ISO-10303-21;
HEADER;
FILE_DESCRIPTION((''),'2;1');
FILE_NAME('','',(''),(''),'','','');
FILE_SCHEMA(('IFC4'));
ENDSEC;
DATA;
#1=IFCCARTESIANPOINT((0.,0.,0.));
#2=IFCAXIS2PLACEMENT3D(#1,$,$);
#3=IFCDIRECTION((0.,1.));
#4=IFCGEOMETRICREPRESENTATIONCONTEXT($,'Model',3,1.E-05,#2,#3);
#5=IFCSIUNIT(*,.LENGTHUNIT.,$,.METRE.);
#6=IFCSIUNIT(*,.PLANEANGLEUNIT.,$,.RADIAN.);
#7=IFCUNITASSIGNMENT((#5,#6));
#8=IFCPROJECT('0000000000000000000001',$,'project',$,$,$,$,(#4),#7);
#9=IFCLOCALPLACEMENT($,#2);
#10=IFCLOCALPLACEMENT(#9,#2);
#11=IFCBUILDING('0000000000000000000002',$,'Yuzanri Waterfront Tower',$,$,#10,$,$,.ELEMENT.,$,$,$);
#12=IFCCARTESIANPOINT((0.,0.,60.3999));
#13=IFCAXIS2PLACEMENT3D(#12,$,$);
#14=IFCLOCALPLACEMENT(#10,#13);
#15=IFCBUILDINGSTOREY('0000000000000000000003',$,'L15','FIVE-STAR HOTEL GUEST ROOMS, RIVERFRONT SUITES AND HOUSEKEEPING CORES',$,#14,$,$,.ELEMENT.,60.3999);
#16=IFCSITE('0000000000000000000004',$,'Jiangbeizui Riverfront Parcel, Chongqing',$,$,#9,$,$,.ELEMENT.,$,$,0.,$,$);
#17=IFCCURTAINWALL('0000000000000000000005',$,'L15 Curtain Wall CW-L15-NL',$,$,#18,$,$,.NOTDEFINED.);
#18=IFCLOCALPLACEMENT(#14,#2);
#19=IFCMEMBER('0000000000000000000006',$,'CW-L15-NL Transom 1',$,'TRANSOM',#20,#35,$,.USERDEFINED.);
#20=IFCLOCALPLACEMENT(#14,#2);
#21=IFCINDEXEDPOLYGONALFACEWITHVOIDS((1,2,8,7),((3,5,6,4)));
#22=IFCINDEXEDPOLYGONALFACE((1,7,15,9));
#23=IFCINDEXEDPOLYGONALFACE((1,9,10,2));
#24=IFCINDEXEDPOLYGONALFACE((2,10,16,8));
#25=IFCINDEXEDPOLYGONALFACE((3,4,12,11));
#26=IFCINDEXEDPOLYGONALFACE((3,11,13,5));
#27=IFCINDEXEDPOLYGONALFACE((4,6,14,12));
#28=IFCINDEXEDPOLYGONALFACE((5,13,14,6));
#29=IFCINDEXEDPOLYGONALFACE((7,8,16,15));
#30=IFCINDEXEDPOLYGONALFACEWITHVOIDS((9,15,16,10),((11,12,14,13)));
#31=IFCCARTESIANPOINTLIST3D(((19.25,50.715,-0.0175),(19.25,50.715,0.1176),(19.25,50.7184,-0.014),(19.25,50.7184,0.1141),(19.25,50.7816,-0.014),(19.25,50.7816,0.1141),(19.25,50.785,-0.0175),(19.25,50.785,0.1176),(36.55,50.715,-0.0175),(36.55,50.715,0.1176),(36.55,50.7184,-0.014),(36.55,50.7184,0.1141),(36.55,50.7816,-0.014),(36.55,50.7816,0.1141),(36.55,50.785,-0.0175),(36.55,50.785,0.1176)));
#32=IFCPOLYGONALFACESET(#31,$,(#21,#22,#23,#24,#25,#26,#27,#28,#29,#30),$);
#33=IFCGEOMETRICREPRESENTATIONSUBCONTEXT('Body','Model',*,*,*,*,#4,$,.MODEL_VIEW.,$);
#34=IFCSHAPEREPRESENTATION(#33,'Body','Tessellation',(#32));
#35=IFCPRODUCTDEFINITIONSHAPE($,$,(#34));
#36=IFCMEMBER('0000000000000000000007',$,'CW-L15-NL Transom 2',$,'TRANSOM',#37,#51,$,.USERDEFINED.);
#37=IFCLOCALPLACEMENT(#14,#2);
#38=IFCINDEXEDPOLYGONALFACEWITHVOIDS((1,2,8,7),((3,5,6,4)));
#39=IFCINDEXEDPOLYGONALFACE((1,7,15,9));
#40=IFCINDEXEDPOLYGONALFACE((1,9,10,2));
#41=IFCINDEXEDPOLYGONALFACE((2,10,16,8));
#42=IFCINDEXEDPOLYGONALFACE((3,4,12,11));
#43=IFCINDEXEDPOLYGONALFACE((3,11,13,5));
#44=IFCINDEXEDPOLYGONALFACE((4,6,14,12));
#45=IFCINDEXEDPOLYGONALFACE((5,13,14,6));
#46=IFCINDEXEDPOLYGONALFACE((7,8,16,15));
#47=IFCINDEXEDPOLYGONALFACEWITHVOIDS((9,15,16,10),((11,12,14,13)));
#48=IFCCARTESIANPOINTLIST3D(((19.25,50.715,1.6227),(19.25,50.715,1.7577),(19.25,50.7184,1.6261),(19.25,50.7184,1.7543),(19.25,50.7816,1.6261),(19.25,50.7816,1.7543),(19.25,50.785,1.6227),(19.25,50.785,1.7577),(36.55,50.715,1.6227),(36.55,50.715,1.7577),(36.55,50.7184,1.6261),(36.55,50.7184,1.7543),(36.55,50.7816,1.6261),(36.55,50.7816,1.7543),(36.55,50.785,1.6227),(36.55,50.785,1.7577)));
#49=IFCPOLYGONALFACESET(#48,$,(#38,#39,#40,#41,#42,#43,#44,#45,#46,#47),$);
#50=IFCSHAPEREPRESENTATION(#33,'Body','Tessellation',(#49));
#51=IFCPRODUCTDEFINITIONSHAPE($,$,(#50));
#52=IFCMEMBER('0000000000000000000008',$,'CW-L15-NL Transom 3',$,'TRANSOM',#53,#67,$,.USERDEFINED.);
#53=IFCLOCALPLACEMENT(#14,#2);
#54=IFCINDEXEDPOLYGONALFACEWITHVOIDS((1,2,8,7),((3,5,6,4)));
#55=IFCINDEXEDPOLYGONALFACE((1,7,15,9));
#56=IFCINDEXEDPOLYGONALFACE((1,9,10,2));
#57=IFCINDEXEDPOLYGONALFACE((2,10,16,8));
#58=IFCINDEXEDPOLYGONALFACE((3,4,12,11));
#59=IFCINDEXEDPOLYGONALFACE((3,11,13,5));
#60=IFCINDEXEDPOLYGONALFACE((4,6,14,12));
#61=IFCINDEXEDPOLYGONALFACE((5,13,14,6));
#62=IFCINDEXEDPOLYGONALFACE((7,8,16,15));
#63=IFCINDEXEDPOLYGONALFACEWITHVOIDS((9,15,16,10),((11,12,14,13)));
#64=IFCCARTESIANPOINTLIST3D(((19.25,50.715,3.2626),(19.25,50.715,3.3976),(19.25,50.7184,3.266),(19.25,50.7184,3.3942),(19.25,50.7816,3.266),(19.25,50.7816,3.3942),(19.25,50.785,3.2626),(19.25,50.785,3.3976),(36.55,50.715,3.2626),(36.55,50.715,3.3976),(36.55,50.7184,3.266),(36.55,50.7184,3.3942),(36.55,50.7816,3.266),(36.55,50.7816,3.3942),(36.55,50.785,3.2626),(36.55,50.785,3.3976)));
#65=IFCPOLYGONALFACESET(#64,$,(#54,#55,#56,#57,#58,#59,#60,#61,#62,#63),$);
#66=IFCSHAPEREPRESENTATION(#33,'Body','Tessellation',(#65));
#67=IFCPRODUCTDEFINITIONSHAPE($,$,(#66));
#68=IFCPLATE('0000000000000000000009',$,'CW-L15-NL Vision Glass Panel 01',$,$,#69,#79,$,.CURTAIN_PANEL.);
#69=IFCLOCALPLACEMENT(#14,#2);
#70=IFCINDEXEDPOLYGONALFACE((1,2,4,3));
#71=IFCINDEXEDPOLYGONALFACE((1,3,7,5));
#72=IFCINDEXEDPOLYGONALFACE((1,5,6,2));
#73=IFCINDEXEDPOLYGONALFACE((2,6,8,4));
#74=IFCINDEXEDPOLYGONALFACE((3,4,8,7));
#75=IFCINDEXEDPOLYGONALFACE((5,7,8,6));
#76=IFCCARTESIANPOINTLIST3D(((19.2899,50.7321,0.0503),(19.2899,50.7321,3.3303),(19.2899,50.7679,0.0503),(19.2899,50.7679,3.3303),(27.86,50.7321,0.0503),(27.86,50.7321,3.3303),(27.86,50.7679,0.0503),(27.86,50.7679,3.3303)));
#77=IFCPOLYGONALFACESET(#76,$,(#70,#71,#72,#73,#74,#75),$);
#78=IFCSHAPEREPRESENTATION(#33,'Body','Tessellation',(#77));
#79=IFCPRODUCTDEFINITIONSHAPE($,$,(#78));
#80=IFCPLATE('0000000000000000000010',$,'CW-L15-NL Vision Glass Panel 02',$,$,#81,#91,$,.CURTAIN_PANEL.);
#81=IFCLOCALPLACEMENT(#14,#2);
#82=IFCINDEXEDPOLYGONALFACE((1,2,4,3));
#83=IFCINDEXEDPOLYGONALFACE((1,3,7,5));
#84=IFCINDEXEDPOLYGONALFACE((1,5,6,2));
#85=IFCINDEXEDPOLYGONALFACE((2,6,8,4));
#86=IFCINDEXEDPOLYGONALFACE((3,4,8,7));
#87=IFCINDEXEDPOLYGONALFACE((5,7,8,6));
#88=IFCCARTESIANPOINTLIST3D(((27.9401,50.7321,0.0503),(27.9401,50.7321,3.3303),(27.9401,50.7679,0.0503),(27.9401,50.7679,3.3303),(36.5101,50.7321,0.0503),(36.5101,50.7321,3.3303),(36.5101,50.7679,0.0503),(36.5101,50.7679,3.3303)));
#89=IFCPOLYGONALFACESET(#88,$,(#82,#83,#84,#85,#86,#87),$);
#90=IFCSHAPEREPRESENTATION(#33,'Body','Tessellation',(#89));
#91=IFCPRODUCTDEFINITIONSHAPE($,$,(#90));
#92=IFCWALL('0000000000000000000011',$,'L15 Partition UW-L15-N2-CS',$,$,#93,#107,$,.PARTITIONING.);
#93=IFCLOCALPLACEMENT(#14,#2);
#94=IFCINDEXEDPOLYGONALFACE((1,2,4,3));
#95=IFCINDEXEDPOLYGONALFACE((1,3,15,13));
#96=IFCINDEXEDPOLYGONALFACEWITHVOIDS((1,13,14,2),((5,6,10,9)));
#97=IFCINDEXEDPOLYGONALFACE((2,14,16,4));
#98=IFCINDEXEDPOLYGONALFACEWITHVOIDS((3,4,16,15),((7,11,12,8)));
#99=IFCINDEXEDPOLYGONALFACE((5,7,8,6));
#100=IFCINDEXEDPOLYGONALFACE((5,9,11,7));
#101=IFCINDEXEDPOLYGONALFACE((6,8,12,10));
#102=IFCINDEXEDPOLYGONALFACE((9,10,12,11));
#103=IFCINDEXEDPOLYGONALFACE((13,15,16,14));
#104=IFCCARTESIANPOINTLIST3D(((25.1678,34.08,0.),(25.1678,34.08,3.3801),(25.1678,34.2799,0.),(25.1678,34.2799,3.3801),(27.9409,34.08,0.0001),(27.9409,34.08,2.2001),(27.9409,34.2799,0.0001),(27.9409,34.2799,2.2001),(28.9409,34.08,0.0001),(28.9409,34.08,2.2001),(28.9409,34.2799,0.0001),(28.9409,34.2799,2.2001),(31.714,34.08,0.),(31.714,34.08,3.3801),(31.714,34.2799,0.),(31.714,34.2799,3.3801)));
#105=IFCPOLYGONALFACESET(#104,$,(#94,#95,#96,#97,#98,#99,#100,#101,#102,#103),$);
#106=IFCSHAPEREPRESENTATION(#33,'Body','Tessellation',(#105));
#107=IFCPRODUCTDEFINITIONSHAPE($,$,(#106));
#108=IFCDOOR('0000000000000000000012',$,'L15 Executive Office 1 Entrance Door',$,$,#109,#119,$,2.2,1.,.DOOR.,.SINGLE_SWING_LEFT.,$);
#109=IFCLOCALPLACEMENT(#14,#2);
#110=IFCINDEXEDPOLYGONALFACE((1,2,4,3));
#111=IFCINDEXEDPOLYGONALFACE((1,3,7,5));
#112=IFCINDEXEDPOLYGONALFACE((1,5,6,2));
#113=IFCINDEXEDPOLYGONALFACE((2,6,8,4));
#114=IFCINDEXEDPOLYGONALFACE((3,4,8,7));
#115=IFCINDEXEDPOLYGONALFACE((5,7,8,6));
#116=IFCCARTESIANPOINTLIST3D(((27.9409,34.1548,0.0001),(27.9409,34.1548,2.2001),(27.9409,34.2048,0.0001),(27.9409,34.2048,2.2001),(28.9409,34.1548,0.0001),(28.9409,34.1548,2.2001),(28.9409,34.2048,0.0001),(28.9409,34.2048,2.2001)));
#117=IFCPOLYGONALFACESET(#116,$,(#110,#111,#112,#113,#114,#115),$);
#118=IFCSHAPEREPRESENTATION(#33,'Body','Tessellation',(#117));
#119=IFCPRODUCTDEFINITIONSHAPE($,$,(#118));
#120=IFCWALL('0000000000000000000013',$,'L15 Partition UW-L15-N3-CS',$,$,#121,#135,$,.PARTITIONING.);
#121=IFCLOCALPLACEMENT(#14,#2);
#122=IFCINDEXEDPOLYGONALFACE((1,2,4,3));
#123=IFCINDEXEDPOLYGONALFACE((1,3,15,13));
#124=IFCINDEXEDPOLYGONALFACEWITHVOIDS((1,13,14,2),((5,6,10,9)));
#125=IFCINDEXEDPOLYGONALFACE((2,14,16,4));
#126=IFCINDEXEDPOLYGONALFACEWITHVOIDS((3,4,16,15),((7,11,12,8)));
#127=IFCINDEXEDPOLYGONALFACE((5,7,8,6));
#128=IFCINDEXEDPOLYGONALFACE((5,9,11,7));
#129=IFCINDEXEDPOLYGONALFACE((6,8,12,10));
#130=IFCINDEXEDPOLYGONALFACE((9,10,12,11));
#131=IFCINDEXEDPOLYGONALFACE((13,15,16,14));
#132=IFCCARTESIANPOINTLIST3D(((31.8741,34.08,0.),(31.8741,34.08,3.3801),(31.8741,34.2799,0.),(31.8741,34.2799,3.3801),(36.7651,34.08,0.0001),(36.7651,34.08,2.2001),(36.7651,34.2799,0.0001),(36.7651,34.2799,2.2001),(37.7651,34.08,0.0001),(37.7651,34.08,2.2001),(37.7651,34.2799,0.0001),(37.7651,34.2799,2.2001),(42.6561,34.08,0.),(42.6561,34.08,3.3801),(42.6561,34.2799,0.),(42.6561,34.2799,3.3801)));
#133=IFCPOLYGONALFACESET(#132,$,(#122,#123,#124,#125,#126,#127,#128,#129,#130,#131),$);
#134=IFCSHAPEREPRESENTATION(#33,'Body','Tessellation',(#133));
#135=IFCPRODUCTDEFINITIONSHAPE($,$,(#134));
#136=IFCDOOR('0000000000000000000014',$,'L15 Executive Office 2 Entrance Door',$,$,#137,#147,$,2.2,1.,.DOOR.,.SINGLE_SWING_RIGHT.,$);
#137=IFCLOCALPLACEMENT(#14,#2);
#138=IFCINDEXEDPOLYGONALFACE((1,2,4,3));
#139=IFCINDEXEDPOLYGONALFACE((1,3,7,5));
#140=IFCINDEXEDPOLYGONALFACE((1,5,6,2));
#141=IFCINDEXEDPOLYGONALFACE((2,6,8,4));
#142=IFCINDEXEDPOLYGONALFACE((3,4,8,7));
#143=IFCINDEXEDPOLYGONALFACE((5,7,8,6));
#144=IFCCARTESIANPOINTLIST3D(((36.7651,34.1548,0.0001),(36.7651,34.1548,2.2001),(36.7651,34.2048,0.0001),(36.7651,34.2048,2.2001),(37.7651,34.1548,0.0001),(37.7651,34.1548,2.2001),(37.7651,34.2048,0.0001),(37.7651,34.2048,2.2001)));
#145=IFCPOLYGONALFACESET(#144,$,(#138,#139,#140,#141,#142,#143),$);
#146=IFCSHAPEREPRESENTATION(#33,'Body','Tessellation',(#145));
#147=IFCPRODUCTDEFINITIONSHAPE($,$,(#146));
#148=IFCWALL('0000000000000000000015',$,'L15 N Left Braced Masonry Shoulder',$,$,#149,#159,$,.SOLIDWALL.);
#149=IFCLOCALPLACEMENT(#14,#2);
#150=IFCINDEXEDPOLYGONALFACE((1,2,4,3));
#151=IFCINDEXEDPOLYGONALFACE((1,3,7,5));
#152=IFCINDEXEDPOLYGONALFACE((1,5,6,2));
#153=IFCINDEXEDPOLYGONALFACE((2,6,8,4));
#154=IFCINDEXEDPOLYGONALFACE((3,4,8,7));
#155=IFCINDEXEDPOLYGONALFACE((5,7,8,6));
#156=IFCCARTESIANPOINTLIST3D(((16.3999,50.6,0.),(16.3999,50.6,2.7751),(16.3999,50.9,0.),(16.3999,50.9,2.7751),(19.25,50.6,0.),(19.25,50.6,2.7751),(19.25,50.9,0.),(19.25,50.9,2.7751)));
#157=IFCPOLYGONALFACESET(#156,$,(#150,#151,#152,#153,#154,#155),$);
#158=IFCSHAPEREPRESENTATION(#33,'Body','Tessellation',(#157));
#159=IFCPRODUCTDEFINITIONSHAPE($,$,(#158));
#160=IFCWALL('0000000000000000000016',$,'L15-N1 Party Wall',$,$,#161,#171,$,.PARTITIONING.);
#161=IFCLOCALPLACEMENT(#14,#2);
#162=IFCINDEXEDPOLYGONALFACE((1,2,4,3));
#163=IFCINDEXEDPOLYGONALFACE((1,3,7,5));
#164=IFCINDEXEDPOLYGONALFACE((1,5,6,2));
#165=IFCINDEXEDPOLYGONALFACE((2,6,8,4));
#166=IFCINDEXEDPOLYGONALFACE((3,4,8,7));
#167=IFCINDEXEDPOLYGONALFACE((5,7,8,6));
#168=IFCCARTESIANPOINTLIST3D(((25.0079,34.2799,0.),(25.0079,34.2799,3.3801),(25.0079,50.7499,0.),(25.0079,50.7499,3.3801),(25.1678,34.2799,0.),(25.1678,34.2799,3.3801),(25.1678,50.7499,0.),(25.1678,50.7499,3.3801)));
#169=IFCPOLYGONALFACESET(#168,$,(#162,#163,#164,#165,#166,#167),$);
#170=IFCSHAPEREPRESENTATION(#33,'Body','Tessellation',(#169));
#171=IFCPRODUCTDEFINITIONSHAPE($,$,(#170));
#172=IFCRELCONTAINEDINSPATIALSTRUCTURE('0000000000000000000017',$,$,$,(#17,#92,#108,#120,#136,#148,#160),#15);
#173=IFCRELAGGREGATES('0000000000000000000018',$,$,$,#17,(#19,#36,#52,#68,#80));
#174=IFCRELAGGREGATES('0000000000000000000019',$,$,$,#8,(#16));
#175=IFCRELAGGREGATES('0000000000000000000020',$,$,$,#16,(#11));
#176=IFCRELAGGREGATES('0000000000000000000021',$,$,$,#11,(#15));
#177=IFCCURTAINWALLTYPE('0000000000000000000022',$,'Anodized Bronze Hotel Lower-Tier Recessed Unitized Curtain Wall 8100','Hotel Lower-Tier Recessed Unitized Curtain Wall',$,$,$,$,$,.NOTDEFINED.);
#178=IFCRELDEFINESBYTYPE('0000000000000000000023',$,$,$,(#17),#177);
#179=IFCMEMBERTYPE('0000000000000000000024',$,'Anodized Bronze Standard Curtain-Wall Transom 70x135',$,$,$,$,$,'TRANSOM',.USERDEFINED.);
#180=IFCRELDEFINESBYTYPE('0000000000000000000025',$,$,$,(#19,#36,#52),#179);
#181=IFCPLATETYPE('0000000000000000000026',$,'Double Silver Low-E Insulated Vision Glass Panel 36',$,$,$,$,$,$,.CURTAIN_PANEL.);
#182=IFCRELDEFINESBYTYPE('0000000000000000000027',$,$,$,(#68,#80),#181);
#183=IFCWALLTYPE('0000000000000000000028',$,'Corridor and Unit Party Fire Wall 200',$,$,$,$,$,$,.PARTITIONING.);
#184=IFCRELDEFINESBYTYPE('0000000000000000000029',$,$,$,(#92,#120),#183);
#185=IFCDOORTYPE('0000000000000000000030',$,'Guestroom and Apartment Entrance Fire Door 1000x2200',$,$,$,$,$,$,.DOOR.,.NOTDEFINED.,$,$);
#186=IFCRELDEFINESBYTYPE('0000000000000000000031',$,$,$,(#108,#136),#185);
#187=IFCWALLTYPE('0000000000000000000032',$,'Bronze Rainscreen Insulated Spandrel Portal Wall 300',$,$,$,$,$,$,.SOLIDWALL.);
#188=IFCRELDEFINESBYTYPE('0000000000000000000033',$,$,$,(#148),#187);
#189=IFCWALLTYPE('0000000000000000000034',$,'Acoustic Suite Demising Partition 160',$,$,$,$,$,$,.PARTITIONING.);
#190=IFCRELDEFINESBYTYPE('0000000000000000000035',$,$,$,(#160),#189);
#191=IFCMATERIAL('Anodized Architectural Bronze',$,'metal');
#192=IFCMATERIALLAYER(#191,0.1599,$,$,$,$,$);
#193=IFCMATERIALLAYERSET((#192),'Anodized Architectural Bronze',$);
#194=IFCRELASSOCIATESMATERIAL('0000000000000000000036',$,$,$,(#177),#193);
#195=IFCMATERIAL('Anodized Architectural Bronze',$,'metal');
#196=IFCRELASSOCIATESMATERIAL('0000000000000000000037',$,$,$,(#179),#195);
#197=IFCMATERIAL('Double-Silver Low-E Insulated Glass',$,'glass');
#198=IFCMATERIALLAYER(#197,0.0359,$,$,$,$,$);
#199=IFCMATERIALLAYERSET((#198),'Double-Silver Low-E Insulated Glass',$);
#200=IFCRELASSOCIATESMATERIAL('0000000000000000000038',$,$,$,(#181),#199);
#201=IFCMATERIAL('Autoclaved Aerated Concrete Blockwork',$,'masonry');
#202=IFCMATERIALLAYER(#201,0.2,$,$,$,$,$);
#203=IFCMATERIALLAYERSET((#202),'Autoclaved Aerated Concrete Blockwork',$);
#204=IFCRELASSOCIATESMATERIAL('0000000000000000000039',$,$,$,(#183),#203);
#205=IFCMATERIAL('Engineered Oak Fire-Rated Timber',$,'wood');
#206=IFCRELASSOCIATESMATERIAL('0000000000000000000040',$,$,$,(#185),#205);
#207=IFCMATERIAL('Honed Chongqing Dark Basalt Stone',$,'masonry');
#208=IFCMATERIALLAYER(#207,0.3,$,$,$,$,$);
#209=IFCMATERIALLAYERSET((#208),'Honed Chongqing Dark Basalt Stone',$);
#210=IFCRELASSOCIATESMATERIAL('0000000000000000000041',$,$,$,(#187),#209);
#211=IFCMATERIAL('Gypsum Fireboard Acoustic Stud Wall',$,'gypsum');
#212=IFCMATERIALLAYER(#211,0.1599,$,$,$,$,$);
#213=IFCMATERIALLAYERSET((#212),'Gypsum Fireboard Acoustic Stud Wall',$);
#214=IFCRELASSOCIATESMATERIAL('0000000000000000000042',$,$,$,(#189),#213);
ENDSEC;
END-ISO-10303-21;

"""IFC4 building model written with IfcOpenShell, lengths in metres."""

from ifc_helpers import new_model, si_unit, direction, frame, frame_2d, origin, origin_2d, place, context, subcontext, project, spatial, rectangle, hollow_rectangle, extrude, source, transform, mapped, material, layer, layer_set, material_profile, profile_set, type_object, element, fill, aggregate, save


model = new_model("IFC4")

# Units and contexts
model_context = context("Model", 3, precision=1e-05, world=origin(), true_north=direction((0.0, 1.0)))
body_context = subcontext(model_context, "Body", "Model", "MODEL_VIEW")
ifc_project = project(units=[si_unit("LENGTHUNIT", "METRE"), si_unit("PLANEANGLEUNIT", "RADIAN")], contexts=[model_context])

# Site, building, storey
site_placement = place(None, origin())
site = spatial("IfcSite", under=ifc_project, at=site_placement, Name="Jiangbeizui Riverfront Parcel, Chongqing", CompositionType="ELEMENT", RefElevation=0.0)
building_placement = place(site_placement, origin())
building = spatial("IfcBuilding", under=site, at=building_placement, Name="Yuzanri Waterfront Tower", CompositionType="ELEMENT")
storey_placement = place(building_placement, frame((0.0, 0.0, 60.3999)))
storey = spatial("IfcBuildingStorey", under=building, at=storey_placement, Name="L15", Description="FIVE-STAR HOTEL GUEST ROOMS, RIVERFRONT SUITES AND HOUSEKEEPING CORES", CompositionType="ELEMENT", Elevation=60.3999)

# Curtain wall, members, plates
ifc_material_1 = material(Name="Anodized Architectural Bronze", Category="metal")
ifc_layer_1 = layer(ifc_material_1, 0.1599)
ifc_layer_set_1 = layer_set([ifc_layer_1], Name="Anodized Architectural Bronze")
curtain_wall_type = type_object("IfcCurtainWallType", Name="Anodized Bronze Hotel Lower-Tier Recessed Unitized Curtain Wall 8100", Description="Hotel Lower-Tier Recessed Unitized Curtain Wall", PredefinedType="NOTDEFINED", material=ifc_layer_set_1)
curtain_wall_placement = place(storey_placement, origin())
curtain_wall = element("IfcCurtainWall", 1, at=curtain_wall_placement, inside=storey, type_object=curtain_wall_type, Name="L15 Curtain Wall CW-L15-NL", PredefinedType="NOTDEFINED")
ifc_material_2 = material(Name="Anodized Architectural Bronze", Category="metal")
ifc_material_profile_1 = material_profile(ifc_material_2, hollow_rectangle(XDim=0.0701, YDim=0.135, WallThickness=0.0034, at=origin_2d()), Name="CWT 70x135")
ifc_profile_set_1 = profile_set([ifc_material_profile_1], Name="Anodized Architectural Bronze")
member_type_1 = type_object("IfcMemberType", Name="Anodized Bronze Standard Curtain-Wall Transom 70x135", ElementType="TRANSOM", PredefinedType="USERDEFINED", material=ifc_profile_set_1)
shared_shape_1 = source(origin(), body_context, "Body", "SweptSolid", [
    extrude(hollow_rectangle(XDim=0.0701, YDim=0.135, WallThickness=0.0034, at=origin_2d()), origin(), (0.0, 0.0, 1.0), 17.3),
])
member_1_placement = place(storey_placement, frame((19.25, 50.75, 0.05), z_axis=(1.0, 0.0, 0.0), x_axis=(0.0, 1.0, 0.0)))
member_1 = element("IfcMember", 2, at=member_1_placement, type_object=member_type_1, Name="CW-L15-NL Transom 1", ObjectType="TRANSOM", PredefinedType="USERDEFINED", context=body_context, shape_type="MappedRepresentation", body=[
    mapped(shared_shape_1, transform((0.0, 0.0, 0.0), scale=1.0)),
])
member_2_placement = place(storey_placement, frame((19.25, 50.75, 1.6902), z_axis=(1.0, 0.0, 0.0), x_axis=(0.0, 1.0, 0.0)))
member_2 = element("IfcMember", 3, at=member_2_placement, type_object=member_type_1, Name="CW-L15-NL Transom 2", ObjectType="TRANSOM", PredefinedType="USERDEFINED", context=body_context, shape_type="MappedRepresentation", body=[
    mapped(shared_shape_1, transform((0.0, 0.0, 0.0), scale=1.0)),
])
member_3_placement = place(storey_placement, frame((19.25, 50.75, 3.3301), z_axis=(1.0, 0.0, 0.0), x_axis=(0.0, 1.0, 0.0)))
member_3 = element("IfcMember", 4, at=member_3_placement, type_object=member_type_1, Name="CW-L15-NL Transom 3", ObjectType="TRANSOM", PredefinedType="USERDEFINED", context=body_context, shape_type="MappedRepresentation", body=[
    mapped(shared_shape_1, transform((0.0, 0.0, 0.0), scale=1.0)),
])
ifc_material_3 = material(Name="Double-Silver Low-E Insulated Glass", Category="glass")
ifc_layer_2 = layer(ifc_material_3, 0.0359)
ifc_layer_set_2 = layer_set([ifc_layer_2], Name="Double-Silver Low-E Insulated Glass")
plate_type = type_object("IfcPlateType", Name="Double Silver Low-E Insulated Vision Glass Panel 36", PredefinedType="CURTAIN_PANEL", material=ifc_layer_set_2)
shared_shape_2 = source(origin(), body_context, "Body", "SweptSolid", [
    extrude(rectangle(XDim=8.5701, YDim=0.0359, at=origin_2d()), origin(), (0.0, 0.0, 1.0), 3.28),
])
plate_1_placement = place(storey_placement, frame((23.575, 50.75, 0.0503), z_axis=(0.0, 0.0, 1.0), x_axis=(1.0, 0.0, 0.0)))
plate_1 = element("IfcPlate", 5, at=plate_1_placement, type_object=plate_type, Name="CW-L15-NL Vision Glass Panel 01", PredefinedType="CURTAIN_PANEL", context=body_context, shape_type="MappedRepresentation", body=[
    mapped(shared_shape_2, transform((0.0, 0.0, 0.0), scale=1.0)),
])
plate_2_placement = place(storey_placement, frame((32.2251, 50.75, 0.0503), z_axis=(0.0, 0.0, 1.0), x_axis=(1.0, 0.0, 0.0)))
plate_2 = element("IfcPlate", 6, at=plate_2_placement, type_object=plate_type, Name="CW-L15-NL Vision Glass Panel 02", PredefinedType="CURTAIN_PANEL", context=body_context, shape_type="MappedRepresentation", body=[
    mapped(shared_shape_2, transform((0.0, 0.0, 0.0), scale=1.0)),
])
aggregate(curtain_wall, [member_1, member_2, member_3, plate_1, plate_2])

# Walls, openings, doors
ifc_material_4 = material(Name="Autoclaved Aerated Concrete Blockwork", Category="masonry")
ifc_layer_3 = layer(ifc_material_4, 0.2)
ifc_layer_set_3 = layer_set([ifc_layer_3], Name="Autoclaved Aerated Concrete Blockwork")
wall_type_1 = type_object("IfcWallType", Name="Corridor and Unit Party Fire Wall 200", PredefinedType="PARTITIONING", material=ifc_layer_set_3)
wall_1_placement = place(storey_placement, frame((25.168, 34.1799, 0.0), z_axis=(0.0, 0.0, 1.0), x_axis=(1.0, 0.0, 0.0)))
wall_1 = element("IfcWall", 7, at=wall_1_placement, inside=storey, type_object=wall_type_1, Name="L15 Partition UW-L15-N2-CS", PredefinedType="PARTITIONING", context=body_context, shape_type="SweptSolid", body=[
    extrude(rectangle(XDim=6.5461, YDim=0.2, at=frame_2d((3.2729, 0.0))), origin(), (0.0, 0.0, 1.0), 3.3801),
])
opening_1_placement = place(wall_1_placement, frame((2.7729, 0.0, 0.0)))
opening_1 = element("IfcOpeningElement", 8, at=opening_1_placement, cuts=wall_1, PredefinedType="OPENING", context=body_context, shape_type="SweptSolid", body=[
    extrude(rectangle(XDim=1.0, YDim=2.2, at=frame_2d((0.5, 1.1001))), frame((0.0, 0.1147, 0.0), z_axis=(0.0, -1.0, 0.0), x_axis=(1.0, 0.0, 0.0)), (0.0, 0.0, 1.0), 0.2297),
])
ifc_material_5 = material(Name="Engineered Oak Fire-Rated Timber", Category="wood")
door_type = type_object("IfcDoorType", Name="Guestroom and Apartment Entrance Fire Door 1000x2200", OperationType="NOTDEFINED", PredefinedType="DOOR", material=ifc_material_5)
shared_shape_3 = source(origin(), body_context, "Body", "SweptSolid", [
    extrude(rectangle(XDim=1.0, YDim=2.2, at=frame_2d((0.5, 1.1001))), frame((0.0, 0.0249, 0.0), z_axis=(0.0, -1.0, 0.0), x_axis=(1.0, 0.0, 0.0)), (0.0, 0.0, 1.0), 0.05),
])
door_1_placement = place(opening_1_placement, origin())
door_1 = element("IfcDoor", 9, at=door_1_placement, inside=storey, type_object=door_type, Name="L15 Executive Office 1 Entrance Door", OperationType="SINGLE_SWING_LEFT", OverallHeight=2.2, OverallWidth=1.0, PredefinedType="DOOR", context=body_context, shape_type="MappedRepresentation", body=[
    mapped(shared_shape_3, transform((0.0, 0.0, 0.0), scale=1.0)),
])
fill(opening_1, door_1)
wall_2_placement = place(storey_placement, frame((31.874, 34.1799, 0.0), z_axis=(0.0, 0.0, 1.0), x_axis=(1.0, 0.0, 0.0)))
wall_2 = element("IfcWall", 10, at=wall_2_placement, inside=storey, type_object=wall_type_1, Name="L15 Partition UW-L15-N3-CS", PredefinedType="PARTITIONING", context=body_context, shape_type="SweptSolid", body=[
    extrude(rectangle(XDim=10.782, YDim=0.2, at=frame_2d((5.3911, 0.0))), origin(), (0.0, 0.0, 1.0), 3.3801),
])
opening_2_placement = place(wall_2_placement, frame((4.8911, 0.0, 0.0)))
opening_2 = element("IfcOpeningElement", 11, at=opening_2_placement, cuts=wall_2, PredefinedType="OPENING", context=body_context, shape_type="SweptSolid", body=[
    extrude(rectangle(XDim=1.0, YDim=2.2, at=frame_2d((0.5, 1.1001))), frame((0.0, 0.1147, 0.0), z_axis=(0.0, -1.0, 0.0), x_axis=(1.0, 0.0, 0.0)), (0.0, 0.0, 1.0), 0.2297),
])
door_2_placement = place(opening_2_placement, origin())
door_2 = element("IfcDoor", 12, at=door_2_placement, inside=storey, type_object=door_type, Name="L15 Executive Office 2 Entrance Door", OperationType="SINGLE_SWING_RIGHT", OverallHeight=2.2, OverallWidth=1.0, PredefinedType="DOOR", context=body_context, shape_type="MappedRepresentation", body=[
    mapped(shared_shape_3, transform((0.0, 0.0, 0.0), scale=1.0)),
])
fill(opening_2, door_2)

# Walls
ifc_material_6 = material(Name="Honed Chongqing Dark Basalt Stone", Category="masonry")
ifc_layer_4 = layer(ifc_material_6, 0.3)
ifc_layer_set_4 = layer_set([ifc_layer_4], Name="Honed Chongqing Dark Basalt Stone")
wall_type_2 = type_object("IfcWallType", Name="Bronze Rainscreen Insulated Spandrel Portal Wall 300", PredefinedType="SOLIDWALL", material=ifc_layer_set_4)
shared_shape_4 = source(origin(), body_context, "Body", "SweptSolid", [
    extrude(rectangle(XDim=2.8501, YDim=0.3, at=frame_2d((1.425, 0.0))), origin(), (0.0, 0.0, 1.0), 2.7751),
])
wall_3_placement = place(storey_placement, frame((16.3999, 50.75, 0.0), z_axis=(0.0, 0.0, 1.0), x_axis=(1.0, 0.0, 0.0)))
element("IfcWall", 13, at=wall_3_placement, inside=storey, type_object=wall_type_2, Name="L15 N Left Braced Masonry Shoulder", PredefinedType="SOLIDWALL", context=body_context, shape_type="MappedRepresentation", body=[
    mapped(shared_shape_4, transform((0.0, 0.0, 0.0), scale=1.0)),
])
ifc_material_7 = material(Name="Gypsum Fireboard Acoustic Stud Wall", Category="gypsum")
ifc_layer_5 = layer(ifc_material_7, 0.1599)
ifc_layer_set_5 = layer_set([ifc_layer_5], Name="Gypsum Fireboard Acoustic Stud Wall")
wall_type_3 = type_object("IfcWallType", Name="Acoustic Suite Demising Partition 160", PredefinedType="PARTITIONING", material=ifc_layer_set_5)
shared_shape_5 = source(origin(), body_context, "Body", "SweptSolid", [
    extrude(rectangle(XDim=16.47, YDim=0.1599, at=frame_2d((8.2349, 0.0))), origin(), (0.0, 0.0, 1.0), 3.3801),
])
for number, where, z_axis, x_axis, name in (
    (14, (25.0879, 34.28, 0.0), (0.0, 0.0, 1.0), (0.0, 1.0, 0.0), "L15-N1 Party Wall"),
):
    element("IfcWall", number, at=place(storey_placement, frame(where, z_axis=z_axis, x_axis=x_axis)), inside=storey, type_object=wall_type_3, Name=name, PredefinedType="PARTITIONING", context=body_context, shape_type="MappedRepresentation", body=[
        mapped(shared_shape_5, transform((0.0, 0.0, 0.0), scale=1.0)),
    ])

save(model, "model.ifc")
